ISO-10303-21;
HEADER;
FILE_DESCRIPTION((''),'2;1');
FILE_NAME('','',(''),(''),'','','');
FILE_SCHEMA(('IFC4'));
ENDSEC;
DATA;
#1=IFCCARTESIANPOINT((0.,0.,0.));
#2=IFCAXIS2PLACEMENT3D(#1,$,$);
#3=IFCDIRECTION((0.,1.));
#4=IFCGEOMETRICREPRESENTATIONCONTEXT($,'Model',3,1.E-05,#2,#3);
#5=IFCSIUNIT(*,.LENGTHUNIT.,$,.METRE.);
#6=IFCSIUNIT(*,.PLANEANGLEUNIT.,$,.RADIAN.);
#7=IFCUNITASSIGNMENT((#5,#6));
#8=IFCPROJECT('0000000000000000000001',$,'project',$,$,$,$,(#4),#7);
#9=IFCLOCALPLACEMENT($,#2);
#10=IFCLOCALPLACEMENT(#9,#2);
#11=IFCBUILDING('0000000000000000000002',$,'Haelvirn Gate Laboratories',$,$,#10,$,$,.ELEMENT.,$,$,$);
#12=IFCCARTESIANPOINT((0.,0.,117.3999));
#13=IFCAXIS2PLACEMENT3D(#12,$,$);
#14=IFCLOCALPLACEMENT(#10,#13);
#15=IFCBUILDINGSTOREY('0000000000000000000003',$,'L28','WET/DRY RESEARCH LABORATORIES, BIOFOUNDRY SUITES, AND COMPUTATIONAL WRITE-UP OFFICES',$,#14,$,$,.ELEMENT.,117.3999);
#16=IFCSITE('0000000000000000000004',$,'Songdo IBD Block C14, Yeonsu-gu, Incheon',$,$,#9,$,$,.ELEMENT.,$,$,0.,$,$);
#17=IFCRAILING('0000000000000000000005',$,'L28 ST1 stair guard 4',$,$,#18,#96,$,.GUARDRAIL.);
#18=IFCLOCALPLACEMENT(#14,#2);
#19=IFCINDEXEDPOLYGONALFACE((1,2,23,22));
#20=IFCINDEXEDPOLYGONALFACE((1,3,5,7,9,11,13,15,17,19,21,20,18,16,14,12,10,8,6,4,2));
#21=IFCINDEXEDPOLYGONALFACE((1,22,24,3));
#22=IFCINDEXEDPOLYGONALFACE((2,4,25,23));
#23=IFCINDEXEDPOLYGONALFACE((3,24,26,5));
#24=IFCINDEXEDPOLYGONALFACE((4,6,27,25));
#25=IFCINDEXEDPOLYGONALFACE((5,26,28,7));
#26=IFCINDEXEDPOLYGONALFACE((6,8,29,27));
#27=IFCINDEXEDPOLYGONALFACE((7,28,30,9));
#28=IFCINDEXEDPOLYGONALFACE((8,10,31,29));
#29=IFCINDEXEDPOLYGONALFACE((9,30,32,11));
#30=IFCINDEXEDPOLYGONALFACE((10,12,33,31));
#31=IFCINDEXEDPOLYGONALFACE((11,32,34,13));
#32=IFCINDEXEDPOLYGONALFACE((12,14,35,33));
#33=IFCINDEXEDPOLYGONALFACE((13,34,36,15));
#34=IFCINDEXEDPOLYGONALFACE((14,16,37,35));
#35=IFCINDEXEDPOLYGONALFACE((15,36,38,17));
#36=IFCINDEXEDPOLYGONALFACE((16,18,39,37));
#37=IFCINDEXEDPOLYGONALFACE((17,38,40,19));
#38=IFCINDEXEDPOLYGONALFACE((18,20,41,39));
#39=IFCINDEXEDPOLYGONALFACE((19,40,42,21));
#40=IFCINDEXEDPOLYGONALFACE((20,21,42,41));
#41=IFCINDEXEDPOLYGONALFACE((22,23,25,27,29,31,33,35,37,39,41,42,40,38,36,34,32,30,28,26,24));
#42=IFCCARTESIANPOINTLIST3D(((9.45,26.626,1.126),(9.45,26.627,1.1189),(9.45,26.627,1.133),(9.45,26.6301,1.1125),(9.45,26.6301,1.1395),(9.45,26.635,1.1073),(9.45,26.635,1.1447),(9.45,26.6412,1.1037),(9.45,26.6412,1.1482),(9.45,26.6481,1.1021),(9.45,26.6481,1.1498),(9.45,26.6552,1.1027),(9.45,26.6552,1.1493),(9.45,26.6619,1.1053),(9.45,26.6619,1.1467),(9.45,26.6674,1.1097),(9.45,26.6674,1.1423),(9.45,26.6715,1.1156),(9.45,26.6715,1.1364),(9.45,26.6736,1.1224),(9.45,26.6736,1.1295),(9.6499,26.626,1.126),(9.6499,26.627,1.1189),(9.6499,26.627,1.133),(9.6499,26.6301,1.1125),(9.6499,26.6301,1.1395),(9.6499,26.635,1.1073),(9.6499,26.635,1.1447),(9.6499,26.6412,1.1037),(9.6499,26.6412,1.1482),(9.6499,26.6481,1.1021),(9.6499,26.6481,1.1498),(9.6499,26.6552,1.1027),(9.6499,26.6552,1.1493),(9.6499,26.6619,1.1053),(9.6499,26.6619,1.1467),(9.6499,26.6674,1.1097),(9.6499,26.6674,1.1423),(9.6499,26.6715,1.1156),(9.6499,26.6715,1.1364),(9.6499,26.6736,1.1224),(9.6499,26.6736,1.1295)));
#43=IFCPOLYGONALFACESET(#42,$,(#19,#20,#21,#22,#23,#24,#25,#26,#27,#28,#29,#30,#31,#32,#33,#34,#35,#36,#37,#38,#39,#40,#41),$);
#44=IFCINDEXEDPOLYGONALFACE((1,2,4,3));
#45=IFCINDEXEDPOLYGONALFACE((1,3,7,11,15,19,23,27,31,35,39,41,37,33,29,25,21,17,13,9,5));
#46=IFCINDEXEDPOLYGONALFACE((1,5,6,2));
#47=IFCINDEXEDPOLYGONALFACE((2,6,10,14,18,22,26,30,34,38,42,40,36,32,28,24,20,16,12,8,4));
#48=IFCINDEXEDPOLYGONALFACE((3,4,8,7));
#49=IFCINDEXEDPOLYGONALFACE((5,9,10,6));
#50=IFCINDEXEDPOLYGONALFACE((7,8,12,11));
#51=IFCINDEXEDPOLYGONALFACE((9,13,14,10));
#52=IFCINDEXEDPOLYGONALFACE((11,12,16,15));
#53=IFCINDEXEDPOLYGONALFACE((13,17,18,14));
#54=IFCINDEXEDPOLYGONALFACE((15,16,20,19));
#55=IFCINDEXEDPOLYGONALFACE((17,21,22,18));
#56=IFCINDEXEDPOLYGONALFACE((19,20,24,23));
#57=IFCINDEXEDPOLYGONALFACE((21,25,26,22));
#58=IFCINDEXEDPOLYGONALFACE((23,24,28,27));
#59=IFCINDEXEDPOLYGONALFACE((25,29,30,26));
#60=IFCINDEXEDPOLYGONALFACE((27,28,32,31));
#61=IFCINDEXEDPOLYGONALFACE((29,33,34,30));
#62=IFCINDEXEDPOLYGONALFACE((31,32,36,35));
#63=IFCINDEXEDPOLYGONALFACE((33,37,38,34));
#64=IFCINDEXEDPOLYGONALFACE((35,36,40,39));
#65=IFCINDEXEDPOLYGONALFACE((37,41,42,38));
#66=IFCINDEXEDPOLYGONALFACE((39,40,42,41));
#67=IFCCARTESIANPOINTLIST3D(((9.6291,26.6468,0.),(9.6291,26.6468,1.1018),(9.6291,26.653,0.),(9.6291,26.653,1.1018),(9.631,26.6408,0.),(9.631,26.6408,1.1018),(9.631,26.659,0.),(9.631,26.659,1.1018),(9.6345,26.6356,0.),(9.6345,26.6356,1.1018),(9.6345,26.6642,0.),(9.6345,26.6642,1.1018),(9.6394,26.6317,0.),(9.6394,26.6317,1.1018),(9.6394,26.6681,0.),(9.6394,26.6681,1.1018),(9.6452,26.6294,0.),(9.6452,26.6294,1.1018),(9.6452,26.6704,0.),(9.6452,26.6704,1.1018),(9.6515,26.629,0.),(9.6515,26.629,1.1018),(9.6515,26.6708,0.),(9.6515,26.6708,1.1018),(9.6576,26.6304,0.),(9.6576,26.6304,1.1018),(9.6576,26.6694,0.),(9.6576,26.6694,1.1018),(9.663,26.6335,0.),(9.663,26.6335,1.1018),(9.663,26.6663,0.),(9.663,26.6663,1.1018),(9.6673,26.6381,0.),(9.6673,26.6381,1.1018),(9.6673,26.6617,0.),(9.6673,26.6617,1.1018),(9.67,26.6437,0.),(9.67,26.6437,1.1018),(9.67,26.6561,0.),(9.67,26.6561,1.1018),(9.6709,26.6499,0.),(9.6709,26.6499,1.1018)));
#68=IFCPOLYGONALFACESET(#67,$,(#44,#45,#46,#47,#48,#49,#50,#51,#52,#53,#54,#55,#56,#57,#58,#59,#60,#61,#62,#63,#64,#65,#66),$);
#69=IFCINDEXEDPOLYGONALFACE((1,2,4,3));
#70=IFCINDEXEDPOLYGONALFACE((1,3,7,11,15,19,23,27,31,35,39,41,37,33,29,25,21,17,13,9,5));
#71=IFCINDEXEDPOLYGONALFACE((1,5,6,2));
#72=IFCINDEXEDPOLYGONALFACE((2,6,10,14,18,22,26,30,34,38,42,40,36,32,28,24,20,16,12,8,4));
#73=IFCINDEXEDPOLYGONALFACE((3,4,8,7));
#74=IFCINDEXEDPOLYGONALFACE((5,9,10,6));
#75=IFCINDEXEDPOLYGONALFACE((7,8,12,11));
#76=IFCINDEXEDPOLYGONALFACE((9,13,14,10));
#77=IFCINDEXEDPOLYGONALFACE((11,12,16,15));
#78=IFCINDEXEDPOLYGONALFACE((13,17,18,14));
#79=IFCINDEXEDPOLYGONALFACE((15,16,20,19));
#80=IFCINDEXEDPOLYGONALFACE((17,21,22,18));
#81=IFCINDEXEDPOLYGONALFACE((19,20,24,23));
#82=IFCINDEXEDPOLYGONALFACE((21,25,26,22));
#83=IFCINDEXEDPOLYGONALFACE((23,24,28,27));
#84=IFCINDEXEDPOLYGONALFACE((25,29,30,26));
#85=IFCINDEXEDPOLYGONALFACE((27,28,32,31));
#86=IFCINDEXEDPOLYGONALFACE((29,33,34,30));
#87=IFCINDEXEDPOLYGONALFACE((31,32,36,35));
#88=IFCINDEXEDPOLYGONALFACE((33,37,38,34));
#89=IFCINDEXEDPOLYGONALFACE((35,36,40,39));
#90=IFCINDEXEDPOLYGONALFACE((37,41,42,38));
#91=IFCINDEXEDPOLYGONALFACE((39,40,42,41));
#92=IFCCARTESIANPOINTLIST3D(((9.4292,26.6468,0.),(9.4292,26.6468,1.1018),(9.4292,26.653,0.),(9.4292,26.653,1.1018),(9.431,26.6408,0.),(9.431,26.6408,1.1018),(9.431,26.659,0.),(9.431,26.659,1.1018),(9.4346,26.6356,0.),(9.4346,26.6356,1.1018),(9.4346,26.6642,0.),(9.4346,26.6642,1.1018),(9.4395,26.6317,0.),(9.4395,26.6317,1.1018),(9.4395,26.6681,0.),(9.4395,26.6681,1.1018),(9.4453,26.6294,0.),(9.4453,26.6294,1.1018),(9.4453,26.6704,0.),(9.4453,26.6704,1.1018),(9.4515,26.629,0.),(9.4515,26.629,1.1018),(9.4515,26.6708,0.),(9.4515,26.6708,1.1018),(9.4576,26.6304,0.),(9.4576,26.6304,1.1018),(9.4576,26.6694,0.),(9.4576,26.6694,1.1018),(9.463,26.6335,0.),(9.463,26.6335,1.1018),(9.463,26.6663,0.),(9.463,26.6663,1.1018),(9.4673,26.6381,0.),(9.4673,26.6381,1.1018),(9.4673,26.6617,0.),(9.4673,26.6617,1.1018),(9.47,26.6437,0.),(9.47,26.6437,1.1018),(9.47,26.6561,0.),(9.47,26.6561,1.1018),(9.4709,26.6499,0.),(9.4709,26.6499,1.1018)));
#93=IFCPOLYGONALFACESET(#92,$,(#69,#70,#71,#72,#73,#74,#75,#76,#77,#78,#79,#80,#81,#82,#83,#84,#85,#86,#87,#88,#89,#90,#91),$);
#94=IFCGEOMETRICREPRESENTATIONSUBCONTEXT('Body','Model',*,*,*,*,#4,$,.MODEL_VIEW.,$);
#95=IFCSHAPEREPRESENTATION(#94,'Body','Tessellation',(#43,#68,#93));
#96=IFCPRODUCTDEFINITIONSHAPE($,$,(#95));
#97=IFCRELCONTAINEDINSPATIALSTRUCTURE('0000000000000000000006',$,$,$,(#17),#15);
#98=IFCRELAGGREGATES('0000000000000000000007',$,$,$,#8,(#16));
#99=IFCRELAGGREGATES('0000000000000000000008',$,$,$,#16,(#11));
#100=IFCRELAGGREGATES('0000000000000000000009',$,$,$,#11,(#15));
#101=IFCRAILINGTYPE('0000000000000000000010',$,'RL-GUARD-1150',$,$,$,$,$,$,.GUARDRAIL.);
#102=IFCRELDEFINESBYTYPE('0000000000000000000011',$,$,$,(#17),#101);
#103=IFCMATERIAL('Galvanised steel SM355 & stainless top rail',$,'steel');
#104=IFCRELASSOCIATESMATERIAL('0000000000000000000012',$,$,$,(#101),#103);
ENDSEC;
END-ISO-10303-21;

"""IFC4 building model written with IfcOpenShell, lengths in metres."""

from ifc_helpers import new_model, si_unit, direction, frame, origin, origin_2d, place, context, subcontext, project, spatial, circle, extrude, source, transform, mapped, material, type_object, element, save


model = new_model("IFC4")

# Units and contexts
model_context = context("Model", 3, precision=1e-05, world=origin(), true_north=direction((0.0, 1.0)))
body_context = subcontext(model_context, "Body", "Model", "MODEL_VIEW")
ifc_project = project(units=[si_unit("LENGTHUNIT", "METRE"), si_unit("PLANEANGLEUNIT", "RADIAN")], contexts=[model_context])

# Site, building, storey
site_placement = place(None, origin())
site = spatial("IfcSite", under=ifc_project, at=site_placement, Name="Songdo IBD Block C14, Yeonsu-gu, Incheon", CompositionType="ELEMENT", RefElevation=0.0)
building_placement = place(site_placement, origin())
building = spatial("IfcBuilding", under=site, at=building_placement, Name="Haelvirn Gate Laboratories", CompositionType="ELEMENT")
storey_placement = place(building_placement, frame((0.0, 0.0, 117.3999)))
storey = spatial("IfcBuildingStorey", under=building, at=storey_placement, Name="L28", Description="WET/DRY RESEARCH LABORATORIES, BIOFOUNDRY SUITES, AND COMPUTATIONAL WRITE-UP OFFICES", CompositionType="ELEMENT", Elevation=117.3999)

# Railing
ifc_material_1 = material(Name="Galvanised steel SM355 & stainless top rail", Category="steel")
railing_type_1 = type_object("IfcRailingType", Name="RL-GUARD-1150", PredefinedType="GUARDRAIL", material=ifc_material_1)
shared_shape_1 = source(origin(), body_context, "Body", "SweptSolid", [
    extrude(circle(Radius=0.0239, at=origin_2d()), frame((0.0, 0.0, 1.126), z_axis=(-1.0, 0.0, 0.0), x_axis=(0.0, -1.0, 0.0)), (0.0, 0.0, 1.0), 0.2),
    extrude(circle(Radius=0.021, at=origin_2d()), origin(), (0.0, 0.0, 1.0), 1.1018),
    extrude(circle(Radius=0.021, at=origin_2d()), frame((-0.2, 0.0, 0.0)), (0.0, 0.0, 1.0), 1.1018),
])
for number, where, name in (
    (1, (9.6499, 26.6499, 0.0), "L28 ST1 stair guard 4"),
):
    element("IfcRailing", number, at=place(storey_placement, frame(where)), inside=storey, type_object=railing_type_1, Name=name, PredefinedType="GUARDRAIL", context=body_context, shape_type="MappedRepresentation", body=[
        mapped(shared_shape_1, transform((0.0, 0.0, 0.0), scale=1.0)),
    ])

save(model, "model.ifc")
